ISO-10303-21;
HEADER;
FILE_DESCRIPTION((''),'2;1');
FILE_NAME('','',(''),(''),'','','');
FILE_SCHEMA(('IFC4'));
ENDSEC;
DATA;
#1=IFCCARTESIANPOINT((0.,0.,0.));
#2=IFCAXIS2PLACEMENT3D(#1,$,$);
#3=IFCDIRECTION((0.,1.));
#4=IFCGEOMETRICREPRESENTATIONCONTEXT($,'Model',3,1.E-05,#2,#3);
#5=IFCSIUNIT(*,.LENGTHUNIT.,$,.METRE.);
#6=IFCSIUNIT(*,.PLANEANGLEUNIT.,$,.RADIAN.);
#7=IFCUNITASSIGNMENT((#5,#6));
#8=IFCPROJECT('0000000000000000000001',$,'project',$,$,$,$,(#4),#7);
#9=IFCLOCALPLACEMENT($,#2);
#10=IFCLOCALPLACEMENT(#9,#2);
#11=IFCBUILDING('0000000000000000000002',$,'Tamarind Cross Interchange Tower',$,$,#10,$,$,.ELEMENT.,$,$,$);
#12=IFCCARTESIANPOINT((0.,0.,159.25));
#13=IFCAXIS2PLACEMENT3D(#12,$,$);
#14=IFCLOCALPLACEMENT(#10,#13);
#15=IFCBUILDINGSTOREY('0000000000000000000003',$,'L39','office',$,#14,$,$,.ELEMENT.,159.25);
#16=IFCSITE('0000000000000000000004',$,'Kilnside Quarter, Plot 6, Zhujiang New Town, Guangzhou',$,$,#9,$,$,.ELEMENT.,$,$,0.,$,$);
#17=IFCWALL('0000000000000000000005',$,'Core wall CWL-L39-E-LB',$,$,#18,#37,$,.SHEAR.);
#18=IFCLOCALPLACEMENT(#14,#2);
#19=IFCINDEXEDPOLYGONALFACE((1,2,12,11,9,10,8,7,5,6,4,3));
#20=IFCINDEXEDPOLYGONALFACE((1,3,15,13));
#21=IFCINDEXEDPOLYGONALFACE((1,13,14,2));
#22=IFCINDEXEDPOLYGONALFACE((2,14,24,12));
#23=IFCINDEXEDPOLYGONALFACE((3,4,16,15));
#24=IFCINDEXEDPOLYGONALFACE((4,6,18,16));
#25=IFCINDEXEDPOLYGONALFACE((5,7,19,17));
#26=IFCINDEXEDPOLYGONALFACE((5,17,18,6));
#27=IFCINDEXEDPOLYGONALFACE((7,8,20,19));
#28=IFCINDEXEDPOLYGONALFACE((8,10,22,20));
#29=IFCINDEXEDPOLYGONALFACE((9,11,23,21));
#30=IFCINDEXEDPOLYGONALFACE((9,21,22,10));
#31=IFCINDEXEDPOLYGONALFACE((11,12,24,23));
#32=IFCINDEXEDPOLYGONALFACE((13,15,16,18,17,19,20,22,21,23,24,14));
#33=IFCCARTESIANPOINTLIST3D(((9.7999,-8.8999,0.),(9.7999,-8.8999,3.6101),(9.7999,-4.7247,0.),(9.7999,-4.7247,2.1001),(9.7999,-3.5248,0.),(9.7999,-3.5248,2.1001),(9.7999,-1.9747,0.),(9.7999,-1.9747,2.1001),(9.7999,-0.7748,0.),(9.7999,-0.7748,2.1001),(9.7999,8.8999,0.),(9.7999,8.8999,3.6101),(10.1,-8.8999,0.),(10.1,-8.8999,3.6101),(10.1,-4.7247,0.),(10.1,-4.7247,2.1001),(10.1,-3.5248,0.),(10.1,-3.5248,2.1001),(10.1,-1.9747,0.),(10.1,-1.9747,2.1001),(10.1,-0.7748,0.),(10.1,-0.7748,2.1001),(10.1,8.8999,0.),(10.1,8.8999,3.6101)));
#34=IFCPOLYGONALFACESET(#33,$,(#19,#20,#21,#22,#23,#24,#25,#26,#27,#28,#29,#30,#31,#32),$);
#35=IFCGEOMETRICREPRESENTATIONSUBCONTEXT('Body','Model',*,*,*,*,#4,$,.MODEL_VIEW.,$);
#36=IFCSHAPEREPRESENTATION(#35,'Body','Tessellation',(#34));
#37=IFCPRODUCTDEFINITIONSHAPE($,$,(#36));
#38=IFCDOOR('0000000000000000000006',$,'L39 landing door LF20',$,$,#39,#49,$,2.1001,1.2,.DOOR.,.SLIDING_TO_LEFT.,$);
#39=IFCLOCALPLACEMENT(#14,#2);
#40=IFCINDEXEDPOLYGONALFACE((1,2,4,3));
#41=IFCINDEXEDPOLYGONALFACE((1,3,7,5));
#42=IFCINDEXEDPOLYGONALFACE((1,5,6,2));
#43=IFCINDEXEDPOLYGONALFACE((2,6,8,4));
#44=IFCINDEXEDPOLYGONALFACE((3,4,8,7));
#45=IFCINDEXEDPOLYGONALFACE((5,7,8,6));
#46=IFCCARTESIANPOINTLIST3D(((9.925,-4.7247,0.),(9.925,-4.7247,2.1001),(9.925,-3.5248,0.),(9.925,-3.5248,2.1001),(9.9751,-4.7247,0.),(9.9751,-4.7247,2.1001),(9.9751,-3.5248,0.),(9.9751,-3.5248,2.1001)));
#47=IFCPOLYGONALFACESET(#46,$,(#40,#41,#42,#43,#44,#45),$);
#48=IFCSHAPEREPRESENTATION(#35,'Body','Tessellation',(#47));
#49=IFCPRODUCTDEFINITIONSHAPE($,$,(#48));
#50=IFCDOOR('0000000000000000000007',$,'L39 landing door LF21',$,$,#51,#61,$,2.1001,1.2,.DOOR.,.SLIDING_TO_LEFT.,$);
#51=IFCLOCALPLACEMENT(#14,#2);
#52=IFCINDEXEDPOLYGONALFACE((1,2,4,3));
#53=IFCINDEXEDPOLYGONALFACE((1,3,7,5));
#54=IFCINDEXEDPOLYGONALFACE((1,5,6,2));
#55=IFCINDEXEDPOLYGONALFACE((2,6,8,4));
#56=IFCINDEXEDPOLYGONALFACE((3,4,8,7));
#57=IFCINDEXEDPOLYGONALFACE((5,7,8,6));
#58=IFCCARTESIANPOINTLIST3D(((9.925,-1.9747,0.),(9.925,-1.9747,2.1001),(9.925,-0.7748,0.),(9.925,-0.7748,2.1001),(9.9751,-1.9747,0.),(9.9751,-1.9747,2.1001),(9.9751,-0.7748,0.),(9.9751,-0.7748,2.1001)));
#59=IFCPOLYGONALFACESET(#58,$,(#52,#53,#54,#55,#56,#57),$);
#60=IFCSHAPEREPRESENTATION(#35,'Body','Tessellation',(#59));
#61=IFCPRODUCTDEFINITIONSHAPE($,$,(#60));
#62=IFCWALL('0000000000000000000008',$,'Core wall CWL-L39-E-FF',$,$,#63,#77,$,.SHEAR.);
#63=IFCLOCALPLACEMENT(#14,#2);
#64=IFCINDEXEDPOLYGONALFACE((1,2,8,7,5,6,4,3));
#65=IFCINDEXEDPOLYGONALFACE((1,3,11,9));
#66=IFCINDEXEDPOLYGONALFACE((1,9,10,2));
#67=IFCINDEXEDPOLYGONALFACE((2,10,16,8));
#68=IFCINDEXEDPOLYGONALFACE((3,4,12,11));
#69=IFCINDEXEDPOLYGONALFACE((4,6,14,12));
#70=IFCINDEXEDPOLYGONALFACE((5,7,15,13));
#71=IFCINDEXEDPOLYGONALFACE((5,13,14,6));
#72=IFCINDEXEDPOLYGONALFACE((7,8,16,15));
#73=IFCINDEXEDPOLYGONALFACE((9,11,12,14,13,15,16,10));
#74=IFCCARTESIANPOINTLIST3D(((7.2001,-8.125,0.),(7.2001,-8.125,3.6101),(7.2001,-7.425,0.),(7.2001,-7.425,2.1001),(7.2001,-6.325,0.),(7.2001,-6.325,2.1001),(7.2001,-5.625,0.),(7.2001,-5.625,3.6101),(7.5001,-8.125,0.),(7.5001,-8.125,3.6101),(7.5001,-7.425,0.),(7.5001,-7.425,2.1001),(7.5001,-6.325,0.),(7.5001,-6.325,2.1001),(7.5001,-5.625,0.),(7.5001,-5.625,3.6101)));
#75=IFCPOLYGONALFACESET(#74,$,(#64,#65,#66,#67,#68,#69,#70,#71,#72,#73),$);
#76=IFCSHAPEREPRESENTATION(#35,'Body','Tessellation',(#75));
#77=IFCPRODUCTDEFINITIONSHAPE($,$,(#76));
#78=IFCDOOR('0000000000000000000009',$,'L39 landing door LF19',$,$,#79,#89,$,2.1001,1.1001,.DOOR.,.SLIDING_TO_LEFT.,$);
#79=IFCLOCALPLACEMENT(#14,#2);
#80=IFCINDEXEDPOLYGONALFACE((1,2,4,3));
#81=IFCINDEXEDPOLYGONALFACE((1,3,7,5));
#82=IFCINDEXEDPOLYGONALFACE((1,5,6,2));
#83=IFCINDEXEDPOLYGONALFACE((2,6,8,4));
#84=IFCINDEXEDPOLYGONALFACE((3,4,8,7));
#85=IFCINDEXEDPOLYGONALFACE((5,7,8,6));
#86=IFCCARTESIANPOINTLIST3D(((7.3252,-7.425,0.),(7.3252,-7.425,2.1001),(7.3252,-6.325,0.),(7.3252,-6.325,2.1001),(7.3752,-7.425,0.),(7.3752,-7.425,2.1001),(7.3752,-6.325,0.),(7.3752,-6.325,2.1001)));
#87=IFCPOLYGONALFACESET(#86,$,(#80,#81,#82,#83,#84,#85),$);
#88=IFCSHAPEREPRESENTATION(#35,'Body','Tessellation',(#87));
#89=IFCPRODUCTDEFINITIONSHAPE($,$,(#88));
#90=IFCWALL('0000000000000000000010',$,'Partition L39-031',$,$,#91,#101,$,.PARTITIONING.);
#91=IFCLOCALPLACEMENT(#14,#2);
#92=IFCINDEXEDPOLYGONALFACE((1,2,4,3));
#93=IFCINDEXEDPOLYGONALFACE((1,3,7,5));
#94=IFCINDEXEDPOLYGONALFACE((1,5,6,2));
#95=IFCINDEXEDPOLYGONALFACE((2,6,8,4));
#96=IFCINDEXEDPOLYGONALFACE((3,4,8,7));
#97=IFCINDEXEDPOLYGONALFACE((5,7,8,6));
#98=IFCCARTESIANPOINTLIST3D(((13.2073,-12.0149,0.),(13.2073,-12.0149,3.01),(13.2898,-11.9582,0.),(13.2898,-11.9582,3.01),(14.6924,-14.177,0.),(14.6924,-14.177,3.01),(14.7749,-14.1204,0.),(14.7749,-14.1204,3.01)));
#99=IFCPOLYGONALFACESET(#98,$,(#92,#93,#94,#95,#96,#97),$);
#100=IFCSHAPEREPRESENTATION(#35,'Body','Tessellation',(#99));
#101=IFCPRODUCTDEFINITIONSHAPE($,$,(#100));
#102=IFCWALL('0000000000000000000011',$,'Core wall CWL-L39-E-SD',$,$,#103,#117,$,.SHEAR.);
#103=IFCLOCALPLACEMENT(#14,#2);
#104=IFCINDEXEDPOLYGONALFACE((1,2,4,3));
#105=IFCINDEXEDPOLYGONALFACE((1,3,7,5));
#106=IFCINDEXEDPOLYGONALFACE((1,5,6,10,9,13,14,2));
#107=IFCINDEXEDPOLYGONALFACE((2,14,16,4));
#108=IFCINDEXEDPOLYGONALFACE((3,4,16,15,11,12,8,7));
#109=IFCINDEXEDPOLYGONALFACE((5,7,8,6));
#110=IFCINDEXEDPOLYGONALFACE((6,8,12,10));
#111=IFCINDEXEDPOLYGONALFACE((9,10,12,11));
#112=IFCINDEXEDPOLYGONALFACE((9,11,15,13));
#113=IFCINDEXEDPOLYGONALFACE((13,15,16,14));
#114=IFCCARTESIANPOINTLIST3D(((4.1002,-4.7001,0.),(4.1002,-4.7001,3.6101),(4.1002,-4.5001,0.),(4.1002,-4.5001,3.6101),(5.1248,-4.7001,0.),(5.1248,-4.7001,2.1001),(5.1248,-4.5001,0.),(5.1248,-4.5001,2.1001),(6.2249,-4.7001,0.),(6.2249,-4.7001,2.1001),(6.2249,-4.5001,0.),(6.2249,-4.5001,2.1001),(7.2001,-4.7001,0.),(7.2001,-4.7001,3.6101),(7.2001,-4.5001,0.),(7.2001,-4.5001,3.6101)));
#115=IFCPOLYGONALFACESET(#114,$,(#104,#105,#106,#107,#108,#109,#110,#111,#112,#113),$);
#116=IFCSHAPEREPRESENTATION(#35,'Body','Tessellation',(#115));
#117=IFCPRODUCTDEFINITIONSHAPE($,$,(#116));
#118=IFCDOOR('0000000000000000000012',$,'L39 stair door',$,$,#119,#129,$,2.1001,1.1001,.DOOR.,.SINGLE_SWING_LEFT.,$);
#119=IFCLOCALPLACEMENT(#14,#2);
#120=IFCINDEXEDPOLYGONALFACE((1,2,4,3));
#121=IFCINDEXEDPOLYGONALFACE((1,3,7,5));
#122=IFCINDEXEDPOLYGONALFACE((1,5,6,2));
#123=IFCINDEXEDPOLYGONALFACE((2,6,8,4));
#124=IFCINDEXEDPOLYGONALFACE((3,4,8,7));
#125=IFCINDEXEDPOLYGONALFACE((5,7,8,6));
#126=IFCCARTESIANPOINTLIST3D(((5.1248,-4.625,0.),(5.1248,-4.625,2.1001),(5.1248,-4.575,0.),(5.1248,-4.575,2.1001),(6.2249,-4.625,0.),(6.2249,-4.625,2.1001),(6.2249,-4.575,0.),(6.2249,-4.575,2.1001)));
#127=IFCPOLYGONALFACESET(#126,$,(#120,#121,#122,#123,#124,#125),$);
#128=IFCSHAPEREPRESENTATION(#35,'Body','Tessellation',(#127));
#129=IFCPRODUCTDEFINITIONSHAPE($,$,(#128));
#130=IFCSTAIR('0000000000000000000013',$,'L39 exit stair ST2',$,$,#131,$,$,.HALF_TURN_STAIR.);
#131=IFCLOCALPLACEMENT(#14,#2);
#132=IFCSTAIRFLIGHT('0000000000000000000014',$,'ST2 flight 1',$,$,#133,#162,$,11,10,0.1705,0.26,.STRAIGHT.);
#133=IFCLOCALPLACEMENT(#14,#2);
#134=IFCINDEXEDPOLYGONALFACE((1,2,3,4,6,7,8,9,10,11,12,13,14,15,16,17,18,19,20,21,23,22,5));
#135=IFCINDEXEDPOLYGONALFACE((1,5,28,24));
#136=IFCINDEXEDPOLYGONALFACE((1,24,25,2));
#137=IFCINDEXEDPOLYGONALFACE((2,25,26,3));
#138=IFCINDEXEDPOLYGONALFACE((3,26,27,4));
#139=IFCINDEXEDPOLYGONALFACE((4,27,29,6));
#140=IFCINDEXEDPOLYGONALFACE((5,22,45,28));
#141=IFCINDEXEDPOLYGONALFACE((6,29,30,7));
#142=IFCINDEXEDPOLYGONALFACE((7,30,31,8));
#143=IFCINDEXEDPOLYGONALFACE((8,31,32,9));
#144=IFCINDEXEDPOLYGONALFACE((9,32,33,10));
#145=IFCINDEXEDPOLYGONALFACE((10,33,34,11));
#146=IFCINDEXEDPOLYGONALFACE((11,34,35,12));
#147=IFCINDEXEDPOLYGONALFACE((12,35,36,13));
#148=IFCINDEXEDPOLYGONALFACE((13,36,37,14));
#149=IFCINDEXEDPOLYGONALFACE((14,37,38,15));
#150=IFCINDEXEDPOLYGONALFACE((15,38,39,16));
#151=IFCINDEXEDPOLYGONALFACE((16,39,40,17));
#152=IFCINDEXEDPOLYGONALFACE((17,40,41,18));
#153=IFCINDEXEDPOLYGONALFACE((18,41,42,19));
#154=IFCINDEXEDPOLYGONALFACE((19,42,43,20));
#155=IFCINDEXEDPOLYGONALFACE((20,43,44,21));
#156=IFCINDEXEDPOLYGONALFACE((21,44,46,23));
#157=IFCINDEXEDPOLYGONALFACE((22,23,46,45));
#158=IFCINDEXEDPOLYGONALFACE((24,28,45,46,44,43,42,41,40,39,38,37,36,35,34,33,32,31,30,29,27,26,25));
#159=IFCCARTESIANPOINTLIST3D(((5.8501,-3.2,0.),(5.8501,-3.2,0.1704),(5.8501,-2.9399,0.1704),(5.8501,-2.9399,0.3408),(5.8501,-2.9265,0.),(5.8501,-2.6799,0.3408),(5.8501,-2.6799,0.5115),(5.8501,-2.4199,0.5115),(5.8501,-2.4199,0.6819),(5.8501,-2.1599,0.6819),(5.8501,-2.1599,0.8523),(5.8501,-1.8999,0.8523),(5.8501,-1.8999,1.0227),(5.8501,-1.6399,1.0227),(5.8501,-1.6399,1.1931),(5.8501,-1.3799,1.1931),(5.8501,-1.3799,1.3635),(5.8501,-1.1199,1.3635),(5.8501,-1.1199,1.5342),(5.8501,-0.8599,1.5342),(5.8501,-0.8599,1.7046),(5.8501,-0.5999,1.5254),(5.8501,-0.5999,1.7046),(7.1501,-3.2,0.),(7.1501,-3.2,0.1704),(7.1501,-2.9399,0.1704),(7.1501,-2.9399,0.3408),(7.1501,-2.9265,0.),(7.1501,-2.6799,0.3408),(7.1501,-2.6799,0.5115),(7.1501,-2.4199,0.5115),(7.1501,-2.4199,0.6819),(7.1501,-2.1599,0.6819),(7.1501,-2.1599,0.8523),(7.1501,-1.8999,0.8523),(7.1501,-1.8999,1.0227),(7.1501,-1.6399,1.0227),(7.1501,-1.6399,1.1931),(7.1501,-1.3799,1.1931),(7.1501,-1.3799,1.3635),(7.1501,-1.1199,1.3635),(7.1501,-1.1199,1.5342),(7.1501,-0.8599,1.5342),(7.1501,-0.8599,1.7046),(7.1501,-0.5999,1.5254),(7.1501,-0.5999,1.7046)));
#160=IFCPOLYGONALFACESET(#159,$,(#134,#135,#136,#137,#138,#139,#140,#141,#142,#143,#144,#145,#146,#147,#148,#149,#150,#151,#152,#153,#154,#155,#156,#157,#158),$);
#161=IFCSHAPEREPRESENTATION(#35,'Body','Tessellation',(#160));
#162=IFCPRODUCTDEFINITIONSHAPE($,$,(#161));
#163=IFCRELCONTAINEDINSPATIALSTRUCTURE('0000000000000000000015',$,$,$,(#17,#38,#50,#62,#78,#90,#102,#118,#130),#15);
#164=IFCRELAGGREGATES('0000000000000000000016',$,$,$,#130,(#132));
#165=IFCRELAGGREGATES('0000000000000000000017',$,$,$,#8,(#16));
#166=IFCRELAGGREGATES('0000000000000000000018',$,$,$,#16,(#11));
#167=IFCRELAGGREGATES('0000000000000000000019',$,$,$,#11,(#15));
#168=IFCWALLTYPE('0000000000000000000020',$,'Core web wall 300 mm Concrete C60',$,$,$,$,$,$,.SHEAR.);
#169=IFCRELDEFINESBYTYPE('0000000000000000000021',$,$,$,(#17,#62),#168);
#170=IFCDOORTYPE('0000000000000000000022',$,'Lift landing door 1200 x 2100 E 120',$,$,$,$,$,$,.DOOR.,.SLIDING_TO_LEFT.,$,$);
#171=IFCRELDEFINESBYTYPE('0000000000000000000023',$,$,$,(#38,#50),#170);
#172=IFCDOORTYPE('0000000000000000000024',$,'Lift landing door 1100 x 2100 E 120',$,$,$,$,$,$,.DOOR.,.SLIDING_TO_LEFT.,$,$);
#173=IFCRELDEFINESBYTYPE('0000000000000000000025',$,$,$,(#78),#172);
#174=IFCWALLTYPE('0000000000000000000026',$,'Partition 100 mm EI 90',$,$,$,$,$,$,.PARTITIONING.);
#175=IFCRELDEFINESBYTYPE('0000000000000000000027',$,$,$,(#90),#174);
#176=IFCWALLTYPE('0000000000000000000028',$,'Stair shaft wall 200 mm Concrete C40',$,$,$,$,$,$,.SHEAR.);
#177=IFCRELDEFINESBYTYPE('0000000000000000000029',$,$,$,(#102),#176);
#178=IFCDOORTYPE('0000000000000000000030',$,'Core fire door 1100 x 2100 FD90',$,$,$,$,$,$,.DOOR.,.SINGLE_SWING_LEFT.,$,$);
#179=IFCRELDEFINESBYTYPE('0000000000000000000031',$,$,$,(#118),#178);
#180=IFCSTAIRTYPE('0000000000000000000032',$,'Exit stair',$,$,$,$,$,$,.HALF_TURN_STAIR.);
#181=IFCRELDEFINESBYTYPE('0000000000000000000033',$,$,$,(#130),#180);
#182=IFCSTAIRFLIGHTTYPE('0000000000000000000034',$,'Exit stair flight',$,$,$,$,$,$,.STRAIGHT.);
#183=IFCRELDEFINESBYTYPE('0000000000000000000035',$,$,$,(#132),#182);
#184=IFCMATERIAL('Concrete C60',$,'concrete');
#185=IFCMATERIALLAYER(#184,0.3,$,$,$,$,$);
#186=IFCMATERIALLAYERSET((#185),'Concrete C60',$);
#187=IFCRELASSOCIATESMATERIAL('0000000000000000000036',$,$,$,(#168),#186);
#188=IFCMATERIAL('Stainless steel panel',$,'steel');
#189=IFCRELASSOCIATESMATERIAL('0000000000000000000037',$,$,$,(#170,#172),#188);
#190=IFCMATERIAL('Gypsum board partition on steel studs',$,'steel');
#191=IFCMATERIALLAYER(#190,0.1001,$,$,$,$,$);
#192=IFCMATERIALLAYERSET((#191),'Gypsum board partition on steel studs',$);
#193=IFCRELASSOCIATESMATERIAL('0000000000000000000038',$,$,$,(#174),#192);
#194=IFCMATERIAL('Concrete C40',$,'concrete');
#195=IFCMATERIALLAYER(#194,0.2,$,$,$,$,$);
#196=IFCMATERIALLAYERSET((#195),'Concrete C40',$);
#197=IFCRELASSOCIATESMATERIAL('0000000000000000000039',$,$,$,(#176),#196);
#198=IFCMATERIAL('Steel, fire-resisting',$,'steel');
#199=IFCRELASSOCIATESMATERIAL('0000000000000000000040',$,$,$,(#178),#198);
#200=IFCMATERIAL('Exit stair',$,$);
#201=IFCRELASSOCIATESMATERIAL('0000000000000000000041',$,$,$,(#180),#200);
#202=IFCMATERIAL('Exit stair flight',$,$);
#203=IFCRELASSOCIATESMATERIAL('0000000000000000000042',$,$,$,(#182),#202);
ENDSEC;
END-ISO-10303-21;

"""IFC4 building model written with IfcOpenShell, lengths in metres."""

from ifc_helpers import new_model, si_unit, direction, frame, frame_2d, origin, place, context, subcontext, project, spatial, polyline, rectangle, outline, extrude, material, layer, layer_set, type_object, element, fill, aggregate, save


model = new_model("IFC4")

# Units and contexts
model_context = context("Model", 3, precision=1e-05, world=origin(), true_north=direction((0.0, 1.0)))
body_context = subcontext(model_context, "Body", "Model", "MODEL_VIEW")
ifc_project = project(units=[si_unit("LENGTHUNIT", "METRE"), si_unit("PLANEANGLEUNIT", "RADIAN")], contexts=[model_context])

# Site, building, storey
site_placement = place(None, origin())
site = spatial("IfcSite", under=ifc_project, at=site_placement, Name="Kilnside Quarter, Plot 6, Zhujiang New Town, Guangzhou", CompositionType="ELEMENT", RefElevation=0.0)
building_placement = place(site_placement, origin())
building = spatial("IfcBuilding", under=site, at=building_placement, Name="Tamarind Cross Interchange Tower", CompositionType="ELEMENT")
storey_placement = place(building_placement, frame((0.0, 0.0, 159.25)))
storey = spatial("IfcBuildingStorey", under=building, at=storey_placement, Name="L39", Description="office", CompositionType="ELEMENT", Elevation=159.25)

# Shared definitions
ifc_material_1 = material(Name="Concrete C60", Category="concrete")
ifc_material_2 = material(Name="Steel, fire-resisting", Category="steel")

# Shared definitions
ifc_layer_1 = layer(ifc_material_1, 0.3)
ifc_layer_set_1 = layer_set([ifc_layer_1], Name="Concrete C60")
wall_type_1 = type_object("IfcWallType", Name="Core web wall 300 mm Concrete C60", PredefinedType="SHEAR", material=ifc_layer_set_1)

# Wall, openings, doors
ifc_material_3 = material(Name="Stainless steel panel", Category="steel")
wall_1_placement = place(storey_placement, frame((9.95, -8.8999, 0.0), z_axis=(0.0, 0.0, 1.0), x_axis=(0.0, 1.0, 0.0)))
wall_1 = element("IfcWall", 1, at=wall_1_placement, inside=storey, type_object=wall_type_1, Name="Core wall CWL-L39-E-LB", PredefinedType="SHEAR", context=body_context, shape_type="SweptSolid", body=[
    extrude(rectangle(XDim=17.7998, YDim=0.3, at=frame_2d((8.8999, 0.0))), origin(), (0.0, 0.0, 1.0), 3.6101),
])
opening_1_placement = place(wall_1_placement, frame((4.175, 0.0, 0.0)))
opening_1 = element("IfcOpeningElement", 2, at=opening_1_placement, cuts=wall_1, PredefinedType="OPENING", context=body_context, shape_type="SweptSolid", body=[
    extrude(rectangle(XDim=1.2, YDim=2.1001, at=frame_2d((0.6001, 1.05))), frame((0.0, 0.1599, 0.0), z_axis=(0.0, -1.0, 0.0), x_axis=(1.0, 0.0, 0.0)), (0.0, 0.0, 1.0), 0.3201),
])
opening_2_placement = place(wall_1_placement, frame((6.925, 0.0, 0.0)))
opening_2 = element("IfcOpeningElement", 3, at=opening_2_placement, cuts=wall_1, PredefinedType="OPENING", context=body_context, shape_type="SweptSolid", body=[
    extrude(rectangle(XDim=1.2, YDim=2.1001, at=frame_2d((0.6001, 1.05))), frame((0.0, 0.1599, 0.0), z_axis=(0.0, -1.0, 0.0), x_axis=(1.0, 0.0, 0.0)), (0.0, 0.0, 1.0), 0.3201),
])
door_type_1 = type_object("IfcDoorType", Name="Lift landing door 1200 x 2100 E 120", OperationType="SLIDING_TO_LEFT", PredefinedType="DOOR", material=ifc_material_3)
door_1_placement = place(opening_1_placement, origin())
door_1 = element("IfcDoor", 4, at=door_1_placement, inside=storey, type_object=door_type_1, Name="L39 landing door LF20", OperationType="SLIDING_TO_LEFT", OverallHeight=2.1001, OverallWidth=1.2, PredefinedType="DOOR", context=body_context, shape_type="SweptSolid", body=[
    extrude(rectangle(XDim=1.2, YDim=2.1001, at=frame_2d((0.6001, 1.05))), frame((0.0, 0.0249, 0.0), z_axis=(0.0, -1.0, 0.0), x_axis=(1.0, 0.0, 0.0)), (0.0, 0.0, 1.0), 0.05),
])
fill(opening_1, door_1)
door_2_placement = place(opening_2_placement, origin())
door_2 = element("IfcDoor", 5, at=door_2_placement, inside=storey, type_object=door_type_1, Name="L39 landing door LF21", OperationType="SLIDING_TO_LEFT", OverallHeight=2.1001, OverallWidth=1.2, PredefinedType="DOOR", context=body_context, shape_type="SweptSolid", body=[
    extrude(rectangle(XDim=1.2, YDim=2.1001, at=frame_2d((0.6001, 1.05))), frame((0.0, 0.0249, 0.0), z_axis=(0.0, -1.0, 0.0), x_axis=(1.0, 0.0, 0.0)), (0.0, 0.0, 1.0), 0.05),
])
fill(opening_2, door_2)

# Wall, opening, door
wall_2_placement = place(storey_placement, frame((7.3501, -8.125, 0.0), z_axis=(0.0, 0.0, 1.0), x_axis=(0.0, 1.0, 0.0)))
wall_2 = element("IfcWall", 6, at=wall_2_placement, inside=storey, type_object=wall_type_1, Name="Core wall CWL-L39-E-FF", PredefinedType="SHEAR", context=body_context, shape_type="SweptSolid", body=[
    extrude(rectangle(XDim=2.5, YDim=0.3, at=frame_2d((1.25, 0.0))), origin(), (0.0, 0.0, 1.0), 3.6101),
])
opening_3_placement = place(wall_2_placement, frame((0.7, 0.0, 0.0)))
opening_3 = element("IfcOpeningElement", 7, at=opening_3_placement, cuts=wall_2, PredefinedType="OPENING", context=body_context, shape_type="SweptSolid", body=[
    extrude(rectangle(XDim=1.1001, YDim=2.1001, at=frame_2d((0.55, 1.05))), frame((0.0, 0.1599, 0.0), z_axis=(0.0, -1.0, 0.0), x_axis=(1.0, 0.0, 0.0)), (0.0, 0.0, 1.0), 0.3201),
])
door_type_2 = type_object("IfcDoorType", Name="Lift landing door 1100 x 2100 E 120", OperationType="SLIDING_TO_LEFT", PredefinedType="DOOR", material=ifc_material_3)
door_3_placement = place(opening_3_placement, origin())
door_3 = element("IfcDoor", 8, at=door_3_placement, inside=storey, type_object=door_type_2, Name="L39 landing door LF19", OperationType="SLIDING_TO_LEFT", OverallHeight=2.1001, OverallWidth=1.1001, PredefinedType="DOOR", context=body_context, shape_type="SweptSolid", body=[
    extrude(rectangle(XDim=1.1001, YDim=2.1001, at=frame_2d((0.55, 1.05))), frame((0.0, 0.0249, 0.0), z_axis=(0.0, -1.0, 0.0), x_axis=(1.0, 0.0, 0.0)), (0.0, 0.0, 1.0), 0.05),
])
fill(opening_3, door_3)

# Wall
ifc_material_4 = material(Name="Gypsum board partition on steel studs", Category="steel")
ifc_layer_2 = layer(ifc_material_4, 0.1001)
ifc_layer_set_2 = layer_set([ifc_layer_2], Name="Gypsum board partition on steel studs")
wall_type_2 = type_object("IfcWallType", Name="Partition 100 mm EI 90", PredefinedType="PARTITIONING", material=ifc_layer_set_2)
wall_3_placement = place(storey_placement, frame((13.2485, -11.9866, 0.0), z_axis=(0.0, 0.0, 1.0), x_axis=(0.566181, -0.824281, 0.0)))
element("IfcWall", 9, at=wall_3_placement, inside=storey, type_object=wall_type_2, Name="Partition L39-031", PredefinedType="PARTITIONING", context=body_context, shape_type="SweptSolid", body=[
    extrude(rectangle(XDim=2.623, YDim=0.1001, at=frame_2d((1.3115, 0.0))), origin(), (0.0, 0.0, 1.0), 3.01),
])

# Wall, opening, door
ifc_material_5 = material(Name="Concrete C40", Category="concrete")
ifc_layer_3 = layer(ifc_material_5, 0.2)
ifc_layer_set_3 = layer_set([ifc_layer_3], Name="Concrete C40")
wall_type_3 = type_object("IfcWallType", Name="Stair shaft wall 200 mm Concrete C40", PredefinedType="SHEAR", material=ifc_layer_set_3)
wall_4_placement = place(storey_placement, frame((7.2, -4.6001, 0.0), z_axis=(0.0, 0.0, 1.0), x_axis=(-1.0, 0.0, 0.0)))
wall_4 = element("IfcWall", 10, at=wall_4_placement, inside=storey, type_object=wall_type_3, Name="Core wall CWL-L39-E-SD", PredefinedType="SHEAR", context=body_context, shape_type="SweptSolid", body=[
    extrude(rectangle(XDim=3.0999, YDim=0.2, at=frame_2d((1.5498, 0.0))), origin(), (0.0, 0.0, 1.0), 3.6101),
])
opening_4_placement = place(wall_4_placement, frame((0.9751, 0.0, 0.0)))
opening_4 = element("IfcOpeningElement", 11, at=opening_4_placement, cuts=wall_4, PredefinedType="OPENING", context=body_context, shape_type="SweptSolid", body=[
    extrude(rectangle(XDim=1.1001, YDim=2.1001, at=frame_2d((0.55, 1.05))), frame((0.0, 0.1099, 0.0), z_axis=(0.0, -1.0, 0.0), x_axis=(1.0, 0.0, 0.0)), (0.0, 0.0, 1.0), 0.22),
])
door_type_3 = type_object("IfcDoorType", Name="Core fire door 1100 x 2100 FD90", OperationType="SINGLE_SWING_LEFT", PredefinedType="DOOR", material=ifc_material_2)
door_4_placement = place(opening_4_placement, origin())
door_4 = element("IfcDoor", 12, at=door_4_placement, inside=storey, type_object=door_type_3, Name="L39 stair door", OperationType="SINGLE_SWING_LEFT", OverallHeight=2.1001, OverallWidth=1.1001, PredefinedType="DOOR", context=body_context, shape_type="SweptSolid", body=[
    extrude(rectangle(XDim=1.1001, YDim=2.1001, at=frame_2d((0.55, 1.05))), frame((0.0, 0.0249, 0.0), z_axis=(0.0, -1.0, 0.0), x_axis=(1.0, 0.0, 0.0)), (0.0, 0.0, 1.0), 0.05),
])
fill(opening_4, door_4)

# Stair, stair flight
ifc_material_6 = material(Name="Exit stair")
stair_type = type_object("IfcStairType", Name="Exit stair", PredefinedType="HALF_TURN_STAIR", material=ifc_material_6)
stair_placement = place(storey_placement, origin())
stair = element("IfcStair", 13, at=stair_placement, inside=storey, type_object=stair_type, Name="L39 exit stair ST2", PredefinedType="HALF_TURN_STAIR")
ifc_material_7 = material(Name="Exit stair flight")
stair_flight_type = type_object("IfcStairFlightType", Name="Exit stair flight", PredefinedType="STRAIGHT", material=ifc_material_7)
stair_flight_1_placement = place(storey_placement, frame((6.5, -3.2, 0.0), z_axis=(0.0, 0.0, 1.0), x_axis=(0.0, 1.0, 0.0)))
stair_flight_1 = element("IfcStairFlight", 14, at=stair_flight_1_placement, type_object=stair_flight_type, Name="ST2 flight 1", NumberOfRisers=11, NumberOfTreads=10, PredefinedType="STRAIGHT", RiserHeight=0.1705, TreadLength=0.26, context=body_context, shape_type="SweptSolid", body=[
    extrude(outline(polyline([(0.0, 0.0), (0.0, 0.1704), (0.26, 0.1704), (0.26, 0.3408), (0.52, 0.3408), (0.52, 0.5115), (0.78, 0.5115), (0.78, 0.6819), (1.04, 0.6819), (1.04, 0.8523), (1.3, 0.8523), (1.3, 1.0227), (1.5601, 1.0227), (1.5601, 1.1931), (1.8201, 1.1931), (1.8201, 1.3635), (2.0801, 1.3635), (2.0801, 1.5342), (2.3401, 1.5342), (2.3401, 1.7046), (2.6001, 1.7046), (2.6001, 1.875), (2.6001, 1.5254), (0.2734, 0.0), (0.0, 0.0)])), frame((0.0, 0.6499, 0.0), z_axis=(0.0, -1.0, 0.0), x_axis=(1.0, 0.0, 0.0)), (0.0, 0.0, 1.0), 1.3),
])
aggregate(stair, [stair_flight_1])

save(model, "model.ifc")
